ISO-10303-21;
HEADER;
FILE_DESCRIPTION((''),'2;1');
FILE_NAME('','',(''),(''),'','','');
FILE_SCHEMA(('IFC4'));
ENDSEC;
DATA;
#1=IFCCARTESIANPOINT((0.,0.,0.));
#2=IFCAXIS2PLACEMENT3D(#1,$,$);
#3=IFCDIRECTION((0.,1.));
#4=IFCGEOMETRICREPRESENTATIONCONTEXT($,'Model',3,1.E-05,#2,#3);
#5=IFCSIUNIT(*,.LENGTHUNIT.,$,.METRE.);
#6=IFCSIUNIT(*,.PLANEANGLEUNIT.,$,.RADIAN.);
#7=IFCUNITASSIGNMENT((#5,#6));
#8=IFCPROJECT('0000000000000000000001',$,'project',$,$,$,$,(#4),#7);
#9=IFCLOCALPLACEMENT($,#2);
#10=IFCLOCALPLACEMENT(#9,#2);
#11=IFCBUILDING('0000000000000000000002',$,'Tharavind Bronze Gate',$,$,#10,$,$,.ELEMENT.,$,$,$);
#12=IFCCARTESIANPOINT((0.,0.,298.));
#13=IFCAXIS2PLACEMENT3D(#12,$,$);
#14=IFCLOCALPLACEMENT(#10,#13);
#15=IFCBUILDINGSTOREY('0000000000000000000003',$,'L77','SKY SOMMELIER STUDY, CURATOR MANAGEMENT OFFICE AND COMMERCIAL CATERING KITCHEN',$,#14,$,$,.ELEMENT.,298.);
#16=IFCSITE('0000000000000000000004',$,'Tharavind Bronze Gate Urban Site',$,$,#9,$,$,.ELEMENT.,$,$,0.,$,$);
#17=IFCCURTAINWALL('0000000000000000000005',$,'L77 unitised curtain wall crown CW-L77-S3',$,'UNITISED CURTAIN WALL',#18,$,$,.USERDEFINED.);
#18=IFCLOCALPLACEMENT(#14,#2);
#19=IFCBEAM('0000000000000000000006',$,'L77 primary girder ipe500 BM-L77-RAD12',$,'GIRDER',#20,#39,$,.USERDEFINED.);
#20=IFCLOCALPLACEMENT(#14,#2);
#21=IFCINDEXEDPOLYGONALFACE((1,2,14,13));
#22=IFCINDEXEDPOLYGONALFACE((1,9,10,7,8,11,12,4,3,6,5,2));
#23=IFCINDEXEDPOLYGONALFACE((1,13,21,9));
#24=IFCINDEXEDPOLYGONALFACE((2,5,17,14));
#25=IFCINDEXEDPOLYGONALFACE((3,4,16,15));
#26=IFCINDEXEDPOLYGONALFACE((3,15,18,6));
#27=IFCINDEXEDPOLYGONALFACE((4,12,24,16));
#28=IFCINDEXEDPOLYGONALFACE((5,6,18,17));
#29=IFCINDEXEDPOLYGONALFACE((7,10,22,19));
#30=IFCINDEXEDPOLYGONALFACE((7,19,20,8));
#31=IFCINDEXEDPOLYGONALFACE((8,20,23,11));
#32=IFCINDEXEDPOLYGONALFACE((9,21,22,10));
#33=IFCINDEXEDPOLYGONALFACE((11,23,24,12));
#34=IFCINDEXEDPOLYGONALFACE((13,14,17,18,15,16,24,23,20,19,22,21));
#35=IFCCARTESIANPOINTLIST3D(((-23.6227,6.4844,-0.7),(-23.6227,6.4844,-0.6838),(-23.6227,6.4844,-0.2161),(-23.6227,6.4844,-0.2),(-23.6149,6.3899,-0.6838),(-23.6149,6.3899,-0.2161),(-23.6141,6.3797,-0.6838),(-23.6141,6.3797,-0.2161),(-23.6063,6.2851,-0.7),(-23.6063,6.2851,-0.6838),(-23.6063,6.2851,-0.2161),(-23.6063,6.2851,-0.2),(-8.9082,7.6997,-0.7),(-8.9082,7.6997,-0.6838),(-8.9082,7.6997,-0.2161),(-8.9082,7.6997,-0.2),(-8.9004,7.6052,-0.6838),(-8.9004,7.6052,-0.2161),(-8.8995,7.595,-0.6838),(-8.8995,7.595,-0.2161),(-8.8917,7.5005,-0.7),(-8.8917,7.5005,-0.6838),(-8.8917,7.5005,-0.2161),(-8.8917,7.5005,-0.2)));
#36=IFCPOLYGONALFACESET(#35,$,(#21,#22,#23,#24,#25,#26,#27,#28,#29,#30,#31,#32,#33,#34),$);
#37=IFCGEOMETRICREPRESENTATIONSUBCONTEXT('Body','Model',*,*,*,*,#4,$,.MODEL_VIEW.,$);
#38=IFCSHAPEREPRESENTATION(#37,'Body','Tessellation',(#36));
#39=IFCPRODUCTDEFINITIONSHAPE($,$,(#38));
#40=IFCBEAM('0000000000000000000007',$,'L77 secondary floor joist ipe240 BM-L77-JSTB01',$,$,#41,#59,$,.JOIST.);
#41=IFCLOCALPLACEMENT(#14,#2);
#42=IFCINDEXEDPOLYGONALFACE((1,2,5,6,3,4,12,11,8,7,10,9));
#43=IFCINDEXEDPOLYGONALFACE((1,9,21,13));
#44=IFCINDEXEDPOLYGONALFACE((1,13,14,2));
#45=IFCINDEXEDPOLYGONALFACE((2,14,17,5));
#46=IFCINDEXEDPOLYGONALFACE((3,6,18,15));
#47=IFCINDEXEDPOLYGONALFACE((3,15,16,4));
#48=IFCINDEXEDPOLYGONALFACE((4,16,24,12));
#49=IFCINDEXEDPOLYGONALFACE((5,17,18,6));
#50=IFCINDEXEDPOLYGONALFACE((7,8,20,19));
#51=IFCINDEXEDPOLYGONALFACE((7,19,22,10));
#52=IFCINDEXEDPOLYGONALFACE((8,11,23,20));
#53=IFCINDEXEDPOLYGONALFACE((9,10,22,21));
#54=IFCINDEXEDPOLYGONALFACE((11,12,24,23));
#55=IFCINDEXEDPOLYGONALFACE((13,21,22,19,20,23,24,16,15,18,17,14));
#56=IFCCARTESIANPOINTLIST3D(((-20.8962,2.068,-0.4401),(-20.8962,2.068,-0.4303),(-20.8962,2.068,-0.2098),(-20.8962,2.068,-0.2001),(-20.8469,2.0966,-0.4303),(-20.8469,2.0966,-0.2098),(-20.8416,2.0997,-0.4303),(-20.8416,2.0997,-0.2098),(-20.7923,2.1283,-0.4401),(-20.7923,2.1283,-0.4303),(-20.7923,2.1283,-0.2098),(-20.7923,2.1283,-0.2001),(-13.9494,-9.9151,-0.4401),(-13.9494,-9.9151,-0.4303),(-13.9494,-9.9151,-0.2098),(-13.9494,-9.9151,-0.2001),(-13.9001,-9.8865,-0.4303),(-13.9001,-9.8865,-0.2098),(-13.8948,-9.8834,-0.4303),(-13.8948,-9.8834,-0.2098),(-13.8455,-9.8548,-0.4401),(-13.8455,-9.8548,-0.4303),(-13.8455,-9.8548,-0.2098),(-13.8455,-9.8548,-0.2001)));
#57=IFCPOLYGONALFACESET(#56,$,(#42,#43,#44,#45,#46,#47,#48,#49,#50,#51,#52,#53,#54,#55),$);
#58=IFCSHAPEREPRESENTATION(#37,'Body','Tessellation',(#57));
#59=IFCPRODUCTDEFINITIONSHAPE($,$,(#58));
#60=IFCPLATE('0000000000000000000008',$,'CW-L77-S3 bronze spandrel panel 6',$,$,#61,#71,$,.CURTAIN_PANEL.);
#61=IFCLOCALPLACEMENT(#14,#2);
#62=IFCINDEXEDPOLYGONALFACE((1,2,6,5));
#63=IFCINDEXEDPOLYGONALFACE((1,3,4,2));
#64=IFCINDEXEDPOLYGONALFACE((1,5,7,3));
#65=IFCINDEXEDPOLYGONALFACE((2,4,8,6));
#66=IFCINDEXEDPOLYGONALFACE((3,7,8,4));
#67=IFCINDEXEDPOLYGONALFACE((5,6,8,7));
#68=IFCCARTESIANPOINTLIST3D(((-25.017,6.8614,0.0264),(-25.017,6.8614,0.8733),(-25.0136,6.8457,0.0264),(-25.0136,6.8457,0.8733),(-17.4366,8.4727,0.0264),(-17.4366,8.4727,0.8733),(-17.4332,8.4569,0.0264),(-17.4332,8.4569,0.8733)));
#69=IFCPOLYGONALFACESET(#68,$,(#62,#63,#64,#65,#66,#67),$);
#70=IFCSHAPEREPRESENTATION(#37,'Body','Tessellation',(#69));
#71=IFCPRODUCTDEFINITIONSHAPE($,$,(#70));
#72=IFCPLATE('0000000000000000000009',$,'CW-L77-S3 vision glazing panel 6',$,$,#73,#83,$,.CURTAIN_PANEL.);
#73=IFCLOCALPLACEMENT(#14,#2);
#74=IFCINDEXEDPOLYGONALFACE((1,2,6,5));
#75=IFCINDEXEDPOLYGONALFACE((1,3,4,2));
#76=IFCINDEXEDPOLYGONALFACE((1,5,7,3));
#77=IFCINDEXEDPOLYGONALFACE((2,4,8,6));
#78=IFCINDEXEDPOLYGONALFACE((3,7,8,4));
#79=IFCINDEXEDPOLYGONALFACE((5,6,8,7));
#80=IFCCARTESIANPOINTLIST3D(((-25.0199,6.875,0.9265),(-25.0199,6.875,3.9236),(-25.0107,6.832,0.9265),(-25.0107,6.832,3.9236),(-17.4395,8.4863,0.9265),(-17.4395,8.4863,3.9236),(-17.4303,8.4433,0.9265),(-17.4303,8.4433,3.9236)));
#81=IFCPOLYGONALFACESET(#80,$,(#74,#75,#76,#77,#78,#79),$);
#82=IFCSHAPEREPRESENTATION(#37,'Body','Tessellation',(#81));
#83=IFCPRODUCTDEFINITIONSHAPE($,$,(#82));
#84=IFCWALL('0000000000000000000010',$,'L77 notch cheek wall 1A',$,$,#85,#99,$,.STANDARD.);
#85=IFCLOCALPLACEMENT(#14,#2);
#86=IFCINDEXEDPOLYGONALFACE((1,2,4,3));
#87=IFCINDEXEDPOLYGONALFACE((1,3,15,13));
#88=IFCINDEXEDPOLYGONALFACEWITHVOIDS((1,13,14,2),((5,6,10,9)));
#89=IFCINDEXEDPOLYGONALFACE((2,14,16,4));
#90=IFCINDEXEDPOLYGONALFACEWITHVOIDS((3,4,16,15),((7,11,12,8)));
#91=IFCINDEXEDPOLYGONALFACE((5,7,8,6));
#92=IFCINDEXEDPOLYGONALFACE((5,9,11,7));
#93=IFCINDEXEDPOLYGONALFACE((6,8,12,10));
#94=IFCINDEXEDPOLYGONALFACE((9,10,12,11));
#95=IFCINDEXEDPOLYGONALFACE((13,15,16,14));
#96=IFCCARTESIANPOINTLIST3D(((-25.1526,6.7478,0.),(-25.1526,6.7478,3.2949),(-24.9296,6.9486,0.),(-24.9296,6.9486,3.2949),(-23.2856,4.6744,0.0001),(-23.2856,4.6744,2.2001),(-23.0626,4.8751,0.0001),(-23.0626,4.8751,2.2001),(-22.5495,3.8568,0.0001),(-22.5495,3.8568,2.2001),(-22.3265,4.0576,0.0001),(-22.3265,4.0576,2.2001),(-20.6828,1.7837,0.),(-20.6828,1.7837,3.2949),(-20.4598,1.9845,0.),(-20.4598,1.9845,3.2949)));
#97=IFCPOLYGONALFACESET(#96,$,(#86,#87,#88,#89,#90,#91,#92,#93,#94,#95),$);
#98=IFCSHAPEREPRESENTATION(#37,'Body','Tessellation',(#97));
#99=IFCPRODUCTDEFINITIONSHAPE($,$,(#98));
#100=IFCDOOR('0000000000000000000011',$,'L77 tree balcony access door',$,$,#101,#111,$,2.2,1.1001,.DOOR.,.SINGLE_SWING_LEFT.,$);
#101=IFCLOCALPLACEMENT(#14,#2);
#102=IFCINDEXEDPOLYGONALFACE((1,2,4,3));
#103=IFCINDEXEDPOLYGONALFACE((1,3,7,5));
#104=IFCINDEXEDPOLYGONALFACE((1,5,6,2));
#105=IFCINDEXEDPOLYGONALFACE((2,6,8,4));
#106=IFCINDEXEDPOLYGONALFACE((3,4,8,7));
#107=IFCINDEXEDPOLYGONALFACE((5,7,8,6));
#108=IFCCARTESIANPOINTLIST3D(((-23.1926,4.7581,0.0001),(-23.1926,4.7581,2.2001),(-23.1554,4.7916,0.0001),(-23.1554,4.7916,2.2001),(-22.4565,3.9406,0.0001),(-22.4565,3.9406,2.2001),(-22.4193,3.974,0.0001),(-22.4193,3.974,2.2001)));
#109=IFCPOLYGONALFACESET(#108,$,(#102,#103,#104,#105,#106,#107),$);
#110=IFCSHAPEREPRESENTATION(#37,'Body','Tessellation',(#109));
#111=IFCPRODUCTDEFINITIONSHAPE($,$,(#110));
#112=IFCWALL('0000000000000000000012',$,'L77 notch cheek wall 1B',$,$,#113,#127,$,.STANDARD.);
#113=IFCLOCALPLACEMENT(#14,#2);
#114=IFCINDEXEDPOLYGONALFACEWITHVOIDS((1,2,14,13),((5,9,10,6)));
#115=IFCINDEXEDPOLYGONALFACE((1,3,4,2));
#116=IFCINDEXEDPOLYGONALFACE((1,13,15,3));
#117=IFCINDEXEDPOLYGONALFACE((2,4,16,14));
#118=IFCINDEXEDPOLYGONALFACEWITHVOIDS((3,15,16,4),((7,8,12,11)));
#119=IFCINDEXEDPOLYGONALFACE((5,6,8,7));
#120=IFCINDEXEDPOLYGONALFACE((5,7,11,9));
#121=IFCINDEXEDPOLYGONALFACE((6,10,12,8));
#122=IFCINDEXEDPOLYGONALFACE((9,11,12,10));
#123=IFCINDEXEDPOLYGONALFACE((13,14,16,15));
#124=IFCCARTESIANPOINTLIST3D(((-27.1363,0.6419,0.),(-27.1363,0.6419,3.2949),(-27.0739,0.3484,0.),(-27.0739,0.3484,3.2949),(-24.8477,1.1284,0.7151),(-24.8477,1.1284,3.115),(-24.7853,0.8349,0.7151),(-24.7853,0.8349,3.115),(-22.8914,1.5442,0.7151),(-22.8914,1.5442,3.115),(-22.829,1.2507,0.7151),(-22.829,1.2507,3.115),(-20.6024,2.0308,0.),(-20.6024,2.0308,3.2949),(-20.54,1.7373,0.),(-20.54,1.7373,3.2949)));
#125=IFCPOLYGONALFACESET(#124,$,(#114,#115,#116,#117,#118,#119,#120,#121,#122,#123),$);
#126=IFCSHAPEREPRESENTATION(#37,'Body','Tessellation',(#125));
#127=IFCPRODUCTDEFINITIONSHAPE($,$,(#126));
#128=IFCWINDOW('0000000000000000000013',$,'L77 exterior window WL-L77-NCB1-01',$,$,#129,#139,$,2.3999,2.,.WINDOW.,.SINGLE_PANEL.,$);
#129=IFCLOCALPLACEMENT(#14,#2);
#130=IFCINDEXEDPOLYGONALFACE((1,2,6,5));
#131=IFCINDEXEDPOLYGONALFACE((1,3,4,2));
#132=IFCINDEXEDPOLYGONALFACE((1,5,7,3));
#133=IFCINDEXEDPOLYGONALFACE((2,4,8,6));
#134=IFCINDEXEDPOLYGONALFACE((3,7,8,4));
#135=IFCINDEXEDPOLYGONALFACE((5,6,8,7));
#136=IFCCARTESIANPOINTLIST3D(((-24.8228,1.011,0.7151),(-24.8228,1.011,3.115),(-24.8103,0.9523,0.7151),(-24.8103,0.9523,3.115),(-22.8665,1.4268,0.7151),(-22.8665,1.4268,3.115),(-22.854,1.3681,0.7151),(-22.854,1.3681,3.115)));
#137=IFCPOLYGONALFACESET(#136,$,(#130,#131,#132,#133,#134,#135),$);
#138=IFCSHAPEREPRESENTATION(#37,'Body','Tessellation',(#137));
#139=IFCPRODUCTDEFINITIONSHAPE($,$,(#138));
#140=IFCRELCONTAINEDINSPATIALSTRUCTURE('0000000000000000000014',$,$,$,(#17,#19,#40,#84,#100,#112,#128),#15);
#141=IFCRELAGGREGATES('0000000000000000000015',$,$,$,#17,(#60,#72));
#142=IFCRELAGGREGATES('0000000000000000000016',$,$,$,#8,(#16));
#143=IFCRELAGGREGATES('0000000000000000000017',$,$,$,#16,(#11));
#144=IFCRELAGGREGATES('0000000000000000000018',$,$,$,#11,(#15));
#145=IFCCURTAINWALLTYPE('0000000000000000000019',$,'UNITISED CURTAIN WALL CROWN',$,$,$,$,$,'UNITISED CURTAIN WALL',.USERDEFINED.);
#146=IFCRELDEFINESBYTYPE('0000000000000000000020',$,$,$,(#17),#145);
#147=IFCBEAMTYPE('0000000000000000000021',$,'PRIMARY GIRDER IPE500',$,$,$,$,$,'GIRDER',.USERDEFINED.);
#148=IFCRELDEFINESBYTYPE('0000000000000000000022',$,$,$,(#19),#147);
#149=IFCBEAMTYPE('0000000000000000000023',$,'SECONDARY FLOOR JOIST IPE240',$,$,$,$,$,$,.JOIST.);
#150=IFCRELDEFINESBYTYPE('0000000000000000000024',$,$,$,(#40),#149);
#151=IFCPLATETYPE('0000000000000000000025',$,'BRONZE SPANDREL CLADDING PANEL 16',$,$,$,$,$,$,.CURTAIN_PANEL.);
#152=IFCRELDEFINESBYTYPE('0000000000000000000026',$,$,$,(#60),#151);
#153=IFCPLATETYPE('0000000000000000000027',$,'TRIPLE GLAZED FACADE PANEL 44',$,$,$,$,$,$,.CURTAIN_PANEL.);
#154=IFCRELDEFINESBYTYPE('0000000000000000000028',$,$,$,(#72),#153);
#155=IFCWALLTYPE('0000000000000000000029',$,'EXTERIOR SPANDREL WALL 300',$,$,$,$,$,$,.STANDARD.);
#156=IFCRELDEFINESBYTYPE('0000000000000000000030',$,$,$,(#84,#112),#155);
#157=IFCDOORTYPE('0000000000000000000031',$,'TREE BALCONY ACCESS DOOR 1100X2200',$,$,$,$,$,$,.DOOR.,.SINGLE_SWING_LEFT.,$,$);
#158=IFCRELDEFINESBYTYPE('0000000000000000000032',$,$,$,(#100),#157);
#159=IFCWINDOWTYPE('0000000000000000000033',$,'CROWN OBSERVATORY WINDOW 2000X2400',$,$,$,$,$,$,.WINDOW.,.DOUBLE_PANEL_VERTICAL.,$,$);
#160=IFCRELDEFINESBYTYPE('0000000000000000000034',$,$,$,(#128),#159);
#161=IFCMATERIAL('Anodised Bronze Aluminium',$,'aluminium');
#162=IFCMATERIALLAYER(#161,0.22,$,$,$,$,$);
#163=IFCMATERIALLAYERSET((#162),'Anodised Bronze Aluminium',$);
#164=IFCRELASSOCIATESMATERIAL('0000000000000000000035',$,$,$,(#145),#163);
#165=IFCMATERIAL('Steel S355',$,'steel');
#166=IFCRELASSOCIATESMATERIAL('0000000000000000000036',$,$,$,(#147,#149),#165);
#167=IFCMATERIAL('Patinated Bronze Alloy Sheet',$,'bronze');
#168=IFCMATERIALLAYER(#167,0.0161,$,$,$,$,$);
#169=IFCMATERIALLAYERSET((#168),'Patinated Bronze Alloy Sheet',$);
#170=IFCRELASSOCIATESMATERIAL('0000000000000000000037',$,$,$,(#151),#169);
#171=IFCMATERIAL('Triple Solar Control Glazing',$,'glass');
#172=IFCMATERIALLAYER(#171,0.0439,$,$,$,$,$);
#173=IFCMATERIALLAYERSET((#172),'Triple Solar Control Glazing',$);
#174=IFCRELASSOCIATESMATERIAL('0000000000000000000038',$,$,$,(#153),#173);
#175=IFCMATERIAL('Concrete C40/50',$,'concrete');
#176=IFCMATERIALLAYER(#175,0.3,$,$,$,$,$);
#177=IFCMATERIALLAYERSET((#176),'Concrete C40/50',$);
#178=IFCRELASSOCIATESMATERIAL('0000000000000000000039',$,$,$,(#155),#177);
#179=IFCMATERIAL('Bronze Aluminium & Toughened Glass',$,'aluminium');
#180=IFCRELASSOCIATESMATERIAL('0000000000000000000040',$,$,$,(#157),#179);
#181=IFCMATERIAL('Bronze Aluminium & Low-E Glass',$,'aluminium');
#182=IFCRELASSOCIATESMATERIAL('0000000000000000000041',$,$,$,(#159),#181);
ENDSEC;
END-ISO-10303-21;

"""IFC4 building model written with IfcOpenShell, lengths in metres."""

from ifc_helpers import new_model, si_unit, direction, frame, frame_2d, origin, origin_2d, place, context, subcontext, project, spatial, rectangle, i_section, extrude, material, layer, layer_set, material_profile, profile_set, type_object, element, fill, aggregate, save


model = new_model("IFC4")

# Units and contexts
model_context = context("Model", 3, precision=1e-05, world=origin(), true_north=direction((0.0, 1.0)))
body_context = subcontext(model_context, "Body", "Model", "MODEL_VIEW")
ifc_project = project(units=[si_unit("LENGTHUNIT", "METRE"), si_unit("PLANEANGLEUNIT", "RADIAN")], contexts=[model_context])

# Site, building, storey
site_placement = place(None, origin())
site = spatial("IfcSite", under=ifc_project, at=site_placement, Name="Tharavind Bronze Gate Urban Site", CompositionType="ELEMENT", RefElevation=0.0)
building_placement = place(site_placement, origin())
building = spatial("IfcBuilding", under=site, at=building_placement, Name="Tharavind Bronze Gate", CompositionType="ELEMENT")
storey_placement = place(building_placement, frame((0.0, 0.0, 298.0)))
storey = spatial("IfcBuildingStorey", under=building, at=storey_placement, Name="L77", Description="SKY SOMMELIER STUDY, CURATOR MANAGEMENT OFFICE AND COMMERCIAL CATERING KITCHEN", CompositionType="ELEMENT", Elevation=298.0)

# Shared definitions
ifc_material_1 = material(Name="Anodised Bronze Aluminium", Category="aluminium")
ifc_layer_1 = layer(ifc_material_1, 0.22)
ifc_layer_set_1 = layer_set([ifc_layer_1], Name="Anodised Bronze Aluminium")
curtain_wall_type = type_object("IfcCurtainWallType", Name="UNITISED CURTAIN WALL CROWN", ElementType="UNITISED CURTAIN WALL", PredefinedType="USERDEFINED", material=ifc_layer_set_1)

# Curtain wall
curtain_wall_1_placement = place(storey_placement, origin())
curtain_wall_1 = element("IfcCurtainWall", 1, at=curtain_wall_1_placement, inside=storey, type_object=curtain_wall_type, Name="L77 unitised curtain wall crown CW-L77-S3", ObjectType="UNITISED CURTAIN WALL", PredefinedType="USERDEFINED")

# Beams
ifc_material_2 = material(Name="Steel S355", Category="steel")
ifc_material_profile_1 = material_profile(ifc_material_2, i_section(OverallWidth=0.2, OverallDepth=0.5, WebThickness=0.0103, FlangeThickness=0.0161, at=origin_2d()), Name="IPE500")
ifc_profile_set_1 = profile_set([ifc_material_profile_1], Name="Steel S355")
beam_type_1 = type_object("IfcBeamType", Name="PRIMARY GIRDER IPE500", ElementType="GIRDER", PredefinedType="USERDEFINED", material=ifc_profile_set_1)
beam_1_placement = place(storey_placement, frame((-23.6145, 6.3848, -0.45), z_axis=(0.996606, 0.082313, 0.0), x_axis=(-0.082313, 0.996606, 0.0)))
element("IfcBeam", 2, at=beam_1_placement, inside=storey, type_object=beam_type_1, Name="L77 primary girder ipe500 BM-L77-RAD12", ObjectType="GIRDER", PredefinedType="USERDEFINED", context=body_context, shape_type="SweptSolid", body=[
    extrude(i_section(OverallWidth=0.2, OverallDepth=0.5, WebThickness=0.0103, FlangeThickness=0.0161, at=origin_2d()), origin(), (0.0, 0.0, 1.0), 14.7646),
])
ifc_material_profile_2 = material_profile(ifc_material_2, i_section(OverallWidth=0.1201, OverallDepth=0.24, WebThickness=0.0061, FlangeThickness=0.0098, at=origin_2d()), Name="IPE240")
ifc_profile_set_2 = profile_set([ifc_material_profile_2], Name="Steel S355")
beam_type_2 = type_object("IfcBeamType", Name="SECONDARY FLOOR JOIST IPE240", PredefinedType="JOIST", material=ifc_profile_set_2)
beam_2_placement = place(storey_placement, frame((-20.8442, 2.0981, -0.3201), z_axis=(0.501532, -0.865139, 0.0), x_axis=(0.865139, 0.501532, 0.0)))
element("IfcBeam", 3, at=beam_2_placement, inside=storey, type_object=beam_type_2, Name="L77 secondary floor joist ipe240 BM-L77-JSTB01", PredefinedType="JOIST", context=body_context, shape_type="SweptSolid", body=[
    extrude(i_section(OverallWidth=0.1201, OverallDepth=0.24, WebThickness=0.0061, FlangeThickness=0.0098, at=origin_2d()), origin(), (0.0, 0.0, 1.0), 13.8511),
])

# Plates
ifc_material_3 = material(Name="Patinated Bronze Alloy Sheet", Category="bronze")
ifc_layer_2 = layer(ifc_material_3, 0.0161)
ifc_layer_set_2 = layer_set([ifc_layer_2], Name="Patinated Bronze Alloy Sheet")
plate_type_1 = type_object("IfcPlateType", Name="BRONZE SPANDREL CLADDING PANEL 16", PredefinedType="CURTAIN_PANEL", material=ifc_layer_set_2)
plate_1_placement = place(storey_placement, frame((-21.2251, 7.6592, 0.0264), z_axis=(0.0, 0.0, 1.0), x_axis=(-0.978147, -0.207913, 0.0)))
plate_1 = element("IfcPlate", 4, at=plate_1_placement, type_object=plate_type_1, Name="CW-L77-S3 bronze spandrel panel 6", PredefinedType="CURTAIN_PANEL", context=body_context, shape_type="SweptSolid", body=[
    extrude(rectangle(XDim=7.7498, YDim=0.0161, at=origin_2d()), origin(), (0.0, 0.0, 1.0), 0.8469),
])
ifc_material_4 = material(Name="Triple Solar Control Glazing", Category="glass")
ifc_layer_3 = layer(ifc_material_4, 0.0439)
ifc_layer_set_3 = layer_set([ifc_layer_3], Name="Triple Solar Control Glazing")
plate_type_2 = type_object("IfcPlateType", Name="TRIPLE GLAZED FACADE PANEL 44", PredefinedType="CURTAIN_PANEL", material=ifc_layer_set_3)
plate_2_placement = place(storey_placement, frame((-21.2251, 7.6592, 0.9265), z_axis=(0.0, 0.0, 1.0), x_axis=(-0.978147, -0.207913, 0.0)))
plate_2 = element("IfcPlate", 5, at=plate_2_placement, type_object=plate_type_2, Name="CW-L77-S3 vision glazing panel 6", PredefinedType="CURTAIN_PANEL", context=body_context, shape_type="SweptSolid", body=[
    extrude(rectangle(XDim=7.7498, YDim=0.0439, at=origin_2d()), origin(), (0.0, 0.0, 1.0), 2.9971),
])
aggregate(curtain_wall_1, [plate_1, plate_2])

# Wall, opening, door
ifc_material_5 = material(Name="Concrete C40/50", Category="concrete")
ifc_layer_4 = layer(ifc_material_5, 0.3)
ifc_layer_set_4 = layer_set([ifc_layer_4], Name="Concrete C40/50")
wall_type = type_object("IfcWallType", Name="EXTERIOR SPANDREL WALL 300", PredefinedType="STANDARD", material=ifc_layer_set_4)
wall_1_placement = place(storey_placement, frame((-25.041, 6.8481, 0.0), z_axis=(0.0, 0.0, 1.0), x_axis=(0.669132, -0.743143, 0.0)))
wall_1 = element("IfcWall", 6, at=wall_1_placement, inside=storey, type_object=wall_type, Name="L77 notch cheek wall 1A", PredefinedType="STANDARD", context=body_context, shape_type="SweptSolid", body=[
    extrude(rectangle(XDim=6.6799, YDim=0.3, at=frame_2d((3.3398, 0.0))), origin(), (0.0, 0.0, 1.0), 3.2949),
])
opening_1_placement = place(wall_1_placement, frame((2.79, 0.0, 0.0)))
opening_1 = element("IfcOpeningElement", 7, at=opening_1_placement, cuts=wall_1, PredefinedType="OPENING", context=body_context, shape_type="SweptSolid", body=[
    extrude(rectangle(XDim=1.1001, YDim=2.2, at=frame_2d((0.55, 1.1001))), frame((0.0, 0.1599, 0.0), z_axis=(0.0, -1.0, 0.0), x_axis=(1.0, 0.0, 0.0)), (0.0, 0.0, 1.0), 0.32),
])
ifc_material_6 = material(Name="Bronze Aluminium & Toughened Glass", Category="aluminium")
door_type = type_object("IfcDoorType", Name="TREE BALCONY ACCESS DOOR 1100X2200", OperationType="SINGLE_SWING_LEFT", PredefinedType="DOOR", material=ifc_material_6)
door_placement = place(opening_1_placement, frame((1.1001, 0.0, 0.0), z_axis=(0.0, 0.0, 1.0), x_axis=(-1.0, 0.0, 0.0)))
door = element("IfcDoor", 8, at=door_placement, inside=storey, type_object=door_type, Name="L77 tree balcony access door", OperationType="SINGLE_SWING_LEFT", OverallHeight=2.2, OverallWidth=1.1001, PredefinedType="DOOR", context=body_context, shape_type="SweptSolid", body=[
    extrude(rectangle(XDim=1.1001, YDim=2.2, at=frame_2d((0.55, 1.1001))), frame((0.0, 0.0249, 0.0), z_axis=(0.0, -1.0, 0.0), x_axis=(1.0, 0.0, 0.0)), (0.0, 0.0, 1.0), 0.05),
])
fill(opening_1, door)

# Wall, opening, window
wall_2_placement = place(storey_placement, frame((-20.5713, 1.884, 0.0), z_axis=(0.0, 0.0, 1.0), x_axis=(-0.978145, -0.207924, 0.0)))
wall_2 = element("IfcWall", 9, at=wall_2_placement, inside=storey, type_object=wall_type, Name="L77 notch cheek wall 1B", PredefinedType="STANDARD", context=body_context, shape_type="SweptSolid", body=[
    extrude(rectangle(XDim=6.6799, YDim=0.3, at=frame_2d((3.3398, 0.0))), origin(), (0.0, 0.0, 1.0), 3.2949),
])
opening_2_placement = place(wall_2_placement, frame((2.3401, 0.0, 0.7151)))
opening_2 = element("IfcOpeningElement", 10, at=opening_2_placement, cuts=wall_2, PredefinedType="OPENING", context=body_context, shape_type="SweptSolid", body=[
    extrude(rectangle(XDim=2.0, YDim=2.3999, at=frame_2d((1.0, 1.2))), frame((0.0, 0.1599, 0.0), z_axis=(0.0, -1.0, 0.0), x_axis=(1.0, 0.0, 0.0)), (0.0, 0.0, 1.0), 0.32),
])
ifc_material_7 = material(Name="Bronze Aluminium & Low-E Glass", Category="aluminium")
window_type = type_object("IfcWindowType", Name="CROWN OBSERVATORY WINDOW 2000X2400", PartitioningType="DOUBLE_PANEL_VERTICAL", PredefinedType="WINDOW", material=ifc_material_7)
window_placement = place(opening_2_placement, origin())
window = element("IfcWindow", 11, at=window_placement, inside=storey, type_object=window_type, Name="L77 exterior window WL-L77-NCB1-01", OverallHeight=2.3999, OverallWidth=2.0, PartitioningType="SINGLE_PANEL", PredefinedType="WINDOW", context=body_context, shape_type="SweptSolid", body=[
    extrude(rectangle(XDim=2.0, YDim=2.3999, at=frame_2d((1.0, 1.2))), frame((0.0, 0.03, 0.0), z_axis=(0.0, -1.0, 0.0), x_axis=(1.0, 0.0, 0.0)), (0.0, 0.0, 1.0), 0.0601),
])
fill(opening_2, window)

save(model, "model.ifc")
